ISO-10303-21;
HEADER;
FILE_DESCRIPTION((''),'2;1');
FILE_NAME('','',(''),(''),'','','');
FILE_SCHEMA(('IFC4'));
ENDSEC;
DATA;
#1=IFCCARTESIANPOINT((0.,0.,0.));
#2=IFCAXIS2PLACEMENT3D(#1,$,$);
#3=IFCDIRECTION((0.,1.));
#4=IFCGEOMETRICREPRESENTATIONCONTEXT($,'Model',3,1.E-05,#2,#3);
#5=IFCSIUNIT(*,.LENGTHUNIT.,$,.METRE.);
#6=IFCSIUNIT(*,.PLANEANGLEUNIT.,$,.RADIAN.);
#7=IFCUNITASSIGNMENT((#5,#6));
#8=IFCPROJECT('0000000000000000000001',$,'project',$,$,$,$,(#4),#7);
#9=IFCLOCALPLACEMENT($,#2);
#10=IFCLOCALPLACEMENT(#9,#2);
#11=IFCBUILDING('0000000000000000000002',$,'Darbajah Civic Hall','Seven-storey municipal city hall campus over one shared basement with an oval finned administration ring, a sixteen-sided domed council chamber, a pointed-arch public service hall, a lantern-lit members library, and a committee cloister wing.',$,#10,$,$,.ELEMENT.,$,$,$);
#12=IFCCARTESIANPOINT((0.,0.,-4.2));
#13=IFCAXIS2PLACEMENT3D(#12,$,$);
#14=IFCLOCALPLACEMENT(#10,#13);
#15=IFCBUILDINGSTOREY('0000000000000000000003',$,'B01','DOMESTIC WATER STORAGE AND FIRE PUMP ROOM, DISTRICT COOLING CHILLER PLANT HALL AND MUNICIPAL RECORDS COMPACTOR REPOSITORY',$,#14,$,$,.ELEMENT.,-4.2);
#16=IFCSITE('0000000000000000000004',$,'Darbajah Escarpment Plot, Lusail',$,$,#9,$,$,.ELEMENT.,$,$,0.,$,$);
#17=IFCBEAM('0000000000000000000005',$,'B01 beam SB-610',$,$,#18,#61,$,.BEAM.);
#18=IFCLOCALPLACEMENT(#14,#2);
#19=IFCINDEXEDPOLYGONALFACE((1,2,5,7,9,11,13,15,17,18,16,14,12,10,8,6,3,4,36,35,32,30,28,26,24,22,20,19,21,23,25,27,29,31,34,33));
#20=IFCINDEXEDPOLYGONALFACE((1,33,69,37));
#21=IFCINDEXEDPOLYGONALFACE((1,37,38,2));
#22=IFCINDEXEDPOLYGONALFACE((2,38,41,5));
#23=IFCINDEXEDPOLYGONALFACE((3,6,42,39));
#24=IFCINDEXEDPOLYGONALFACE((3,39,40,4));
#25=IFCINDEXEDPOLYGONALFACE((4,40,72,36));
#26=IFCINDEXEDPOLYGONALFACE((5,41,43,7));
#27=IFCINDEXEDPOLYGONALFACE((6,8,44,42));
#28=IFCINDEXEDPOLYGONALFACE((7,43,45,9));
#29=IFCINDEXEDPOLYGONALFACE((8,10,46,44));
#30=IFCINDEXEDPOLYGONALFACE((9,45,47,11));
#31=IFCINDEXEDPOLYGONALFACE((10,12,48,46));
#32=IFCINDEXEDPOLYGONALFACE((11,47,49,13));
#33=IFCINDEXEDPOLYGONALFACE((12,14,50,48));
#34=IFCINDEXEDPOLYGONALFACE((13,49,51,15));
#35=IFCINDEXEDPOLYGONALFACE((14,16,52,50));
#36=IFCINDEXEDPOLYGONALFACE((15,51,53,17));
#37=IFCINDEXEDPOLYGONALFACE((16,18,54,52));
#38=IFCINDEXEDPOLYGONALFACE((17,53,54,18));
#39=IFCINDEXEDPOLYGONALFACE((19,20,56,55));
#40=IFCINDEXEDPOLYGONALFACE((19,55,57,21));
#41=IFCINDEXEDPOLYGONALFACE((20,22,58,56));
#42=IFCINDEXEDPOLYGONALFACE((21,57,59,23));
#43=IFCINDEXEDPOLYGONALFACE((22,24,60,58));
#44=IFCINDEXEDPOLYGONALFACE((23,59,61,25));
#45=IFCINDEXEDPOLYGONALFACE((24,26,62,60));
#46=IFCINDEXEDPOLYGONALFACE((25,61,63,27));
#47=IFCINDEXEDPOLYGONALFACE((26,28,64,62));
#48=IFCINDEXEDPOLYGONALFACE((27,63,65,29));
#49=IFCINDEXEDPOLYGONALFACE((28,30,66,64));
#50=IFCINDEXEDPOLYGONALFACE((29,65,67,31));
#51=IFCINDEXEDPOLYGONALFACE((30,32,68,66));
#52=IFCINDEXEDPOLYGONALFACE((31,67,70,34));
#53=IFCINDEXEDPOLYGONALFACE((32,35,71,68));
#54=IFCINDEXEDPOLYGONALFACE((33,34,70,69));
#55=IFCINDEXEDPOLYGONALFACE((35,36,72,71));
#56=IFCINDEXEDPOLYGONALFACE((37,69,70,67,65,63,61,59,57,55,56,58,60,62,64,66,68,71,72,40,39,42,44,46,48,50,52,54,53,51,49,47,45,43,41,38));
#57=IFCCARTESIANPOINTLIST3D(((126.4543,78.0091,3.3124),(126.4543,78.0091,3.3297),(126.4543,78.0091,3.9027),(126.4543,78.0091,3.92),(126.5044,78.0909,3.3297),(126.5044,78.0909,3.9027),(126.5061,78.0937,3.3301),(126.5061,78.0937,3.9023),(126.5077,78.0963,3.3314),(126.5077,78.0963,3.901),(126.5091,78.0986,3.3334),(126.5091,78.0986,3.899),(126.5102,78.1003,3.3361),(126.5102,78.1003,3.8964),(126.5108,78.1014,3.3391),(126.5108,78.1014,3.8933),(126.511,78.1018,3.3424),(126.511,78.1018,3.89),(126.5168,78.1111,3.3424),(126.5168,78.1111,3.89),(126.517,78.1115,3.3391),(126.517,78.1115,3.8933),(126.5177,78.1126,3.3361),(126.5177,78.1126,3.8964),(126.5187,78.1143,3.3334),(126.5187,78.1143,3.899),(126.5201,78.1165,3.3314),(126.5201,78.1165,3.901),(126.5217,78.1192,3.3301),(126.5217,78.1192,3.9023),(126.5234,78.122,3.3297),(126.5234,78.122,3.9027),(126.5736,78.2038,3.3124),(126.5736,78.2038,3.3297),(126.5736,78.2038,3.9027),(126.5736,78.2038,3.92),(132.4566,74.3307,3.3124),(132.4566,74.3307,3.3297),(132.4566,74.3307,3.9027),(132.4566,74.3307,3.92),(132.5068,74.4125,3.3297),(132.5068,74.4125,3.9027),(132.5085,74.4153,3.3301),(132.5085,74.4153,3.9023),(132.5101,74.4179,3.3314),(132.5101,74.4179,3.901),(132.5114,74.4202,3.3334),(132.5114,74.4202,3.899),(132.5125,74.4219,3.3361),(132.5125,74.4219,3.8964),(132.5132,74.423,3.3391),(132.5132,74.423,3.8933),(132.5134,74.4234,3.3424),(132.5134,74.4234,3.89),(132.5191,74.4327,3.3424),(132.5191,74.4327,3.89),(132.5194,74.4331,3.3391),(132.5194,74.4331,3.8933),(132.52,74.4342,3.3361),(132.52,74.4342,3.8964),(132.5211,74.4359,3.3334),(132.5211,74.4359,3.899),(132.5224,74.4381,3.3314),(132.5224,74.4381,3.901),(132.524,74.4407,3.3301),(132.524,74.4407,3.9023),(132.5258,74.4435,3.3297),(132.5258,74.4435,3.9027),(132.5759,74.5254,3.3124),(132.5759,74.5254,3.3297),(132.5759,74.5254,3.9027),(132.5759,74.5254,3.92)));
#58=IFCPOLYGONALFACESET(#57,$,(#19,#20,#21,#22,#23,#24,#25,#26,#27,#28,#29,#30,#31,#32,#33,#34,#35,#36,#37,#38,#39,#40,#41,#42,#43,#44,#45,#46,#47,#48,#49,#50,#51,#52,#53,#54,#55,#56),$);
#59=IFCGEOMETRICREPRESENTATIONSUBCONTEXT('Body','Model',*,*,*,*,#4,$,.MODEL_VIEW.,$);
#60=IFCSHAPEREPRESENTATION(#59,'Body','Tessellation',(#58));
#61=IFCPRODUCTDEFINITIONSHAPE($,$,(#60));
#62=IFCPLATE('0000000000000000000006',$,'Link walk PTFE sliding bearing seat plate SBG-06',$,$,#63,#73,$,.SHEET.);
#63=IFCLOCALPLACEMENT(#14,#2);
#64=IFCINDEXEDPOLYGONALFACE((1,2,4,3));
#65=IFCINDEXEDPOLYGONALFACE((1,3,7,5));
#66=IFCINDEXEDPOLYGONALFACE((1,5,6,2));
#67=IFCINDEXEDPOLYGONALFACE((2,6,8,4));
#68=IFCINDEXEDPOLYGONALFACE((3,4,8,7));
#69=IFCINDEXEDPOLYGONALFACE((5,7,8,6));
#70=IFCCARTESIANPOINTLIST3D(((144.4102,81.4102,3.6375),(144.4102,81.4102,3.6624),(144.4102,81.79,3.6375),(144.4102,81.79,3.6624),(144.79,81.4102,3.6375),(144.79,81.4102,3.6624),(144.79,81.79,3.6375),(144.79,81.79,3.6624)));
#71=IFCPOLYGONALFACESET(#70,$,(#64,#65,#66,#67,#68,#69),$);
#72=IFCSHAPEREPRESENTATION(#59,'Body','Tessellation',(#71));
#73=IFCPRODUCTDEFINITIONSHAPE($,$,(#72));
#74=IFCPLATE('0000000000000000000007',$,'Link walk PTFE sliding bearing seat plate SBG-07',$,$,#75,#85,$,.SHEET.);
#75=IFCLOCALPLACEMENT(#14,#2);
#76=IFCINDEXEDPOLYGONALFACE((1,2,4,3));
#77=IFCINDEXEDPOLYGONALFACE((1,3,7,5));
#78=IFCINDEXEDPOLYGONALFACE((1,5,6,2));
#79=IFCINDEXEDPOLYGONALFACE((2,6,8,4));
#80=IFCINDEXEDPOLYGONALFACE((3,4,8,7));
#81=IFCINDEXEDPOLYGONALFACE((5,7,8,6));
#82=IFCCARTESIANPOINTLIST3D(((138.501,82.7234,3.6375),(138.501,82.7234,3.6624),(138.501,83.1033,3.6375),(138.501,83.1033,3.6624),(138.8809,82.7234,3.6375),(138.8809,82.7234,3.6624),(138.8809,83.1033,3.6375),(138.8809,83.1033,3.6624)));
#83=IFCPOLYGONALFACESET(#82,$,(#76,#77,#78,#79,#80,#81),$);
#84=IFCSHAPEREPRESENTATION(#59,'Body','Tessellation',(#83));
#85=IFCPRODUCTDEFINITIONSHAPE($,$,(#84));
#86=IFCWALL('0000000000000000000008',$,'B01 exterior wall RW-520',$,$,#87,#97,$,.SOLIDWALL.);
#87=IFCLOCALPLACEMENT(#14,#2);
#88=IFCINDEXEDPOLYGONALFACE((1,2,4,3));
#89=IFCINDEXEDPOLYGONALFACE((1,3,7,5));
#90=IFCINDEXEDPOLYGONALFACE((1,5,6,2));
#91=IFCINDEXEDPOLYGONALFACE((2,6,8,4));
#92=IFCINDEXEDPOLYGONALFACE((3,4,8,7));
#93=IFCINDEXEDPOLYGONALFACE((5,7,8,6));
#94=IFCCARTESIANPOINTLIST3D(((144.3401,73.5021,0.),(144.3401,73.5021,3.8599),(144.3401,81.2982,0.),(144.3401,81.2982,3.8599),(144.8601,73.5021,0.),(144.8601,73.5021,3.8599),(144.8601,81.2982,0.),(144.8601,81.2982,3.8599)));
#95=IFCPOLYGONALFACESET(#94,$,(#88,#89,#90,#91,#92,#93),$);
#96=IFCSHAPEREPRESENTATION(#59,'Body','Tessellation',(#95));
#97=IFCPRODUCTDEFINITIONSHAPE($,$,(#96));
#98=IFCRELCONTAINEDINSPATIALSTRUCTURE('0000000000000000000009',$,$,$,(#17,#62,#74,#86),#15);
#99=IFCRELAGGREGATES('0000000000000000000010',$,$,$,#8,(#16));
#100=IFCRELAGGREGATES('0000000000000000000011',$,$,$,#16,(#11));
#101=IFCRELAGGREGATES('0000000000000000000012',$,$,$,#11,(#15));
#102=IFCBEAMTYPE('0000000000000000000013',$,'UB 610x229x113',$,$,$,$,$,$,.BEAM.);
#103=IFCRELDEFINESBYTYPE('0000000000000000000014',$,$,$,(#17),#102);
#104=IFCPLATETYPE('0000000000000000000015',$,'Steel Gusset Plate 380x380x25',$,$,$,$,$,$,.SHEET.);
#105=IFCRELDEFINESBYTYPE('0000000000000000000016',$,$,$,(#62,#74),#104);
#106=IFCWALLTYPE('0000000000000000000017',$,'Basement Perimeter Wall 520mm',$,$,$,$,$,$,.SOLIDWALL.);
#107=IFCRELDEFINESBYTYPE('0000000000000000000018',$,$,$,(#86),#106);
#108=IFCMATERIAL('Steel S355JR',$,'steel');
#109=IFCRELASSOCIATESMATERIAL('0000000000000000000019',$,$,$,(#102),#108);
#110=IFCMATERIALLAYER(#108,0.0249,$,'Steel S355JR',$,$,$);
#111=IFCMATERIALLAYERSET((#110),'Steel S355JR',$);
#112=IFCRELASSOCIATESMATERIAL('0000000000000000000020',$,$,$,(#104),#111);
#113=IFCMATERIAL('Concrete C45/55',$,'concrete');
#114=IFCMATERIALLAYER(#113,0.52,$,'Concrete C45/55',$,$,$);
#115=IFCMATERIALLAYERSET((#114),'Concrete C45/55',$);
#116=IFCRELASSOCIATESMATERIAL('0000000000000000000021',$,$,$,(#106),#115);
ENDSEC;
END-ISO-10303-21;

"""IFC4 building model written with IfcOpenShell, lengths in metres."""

from ifc_helpers import new_model, si_unit, direction, frame, frame_2d, origin, origin_2d, place, context, subcontext, project, spatial, rectangle, i_section, extrude, material, layer, layer_set, material_profile, profile_set, type_object, element, save


model = new_model("IFC4")

# Units and contexts
model_context = context("Model", 3, precision=1e-05, world=origin(), true_north=direction((0.0, 1.0)))
body_context = subcontext(model_context, "Body", "Model", "MODEL_VIEW")
ifc_project = project(units=[si_unit("LENGTHUNIT", "METRE"), si_unit("PLANEANGLEUNIT", "RADIAN")], contexts=[model_context])

# Site, building, storey
site_placement = place(None, origin())
site = spatial("IfcSite", under=ifc_project, at=site_placement, Name="Darbajah Escarpment Plot, Lusail", CompositionType="ELEMENT", RefElevation=0.0)
building_placement = place(site_placement, origin())
building = spatial("IfcBuilding", under=site, at=building_placement, Name="Darbajah Civic Hall", Description="Seven-storey municipal city hall campus over one shared basement with an oval finned administration ring, a sixteen-sided domed council chamber, a pointed-arch public service hall, a lantern-lit members library, and a committee cloister wing.", CompositionType="ELEMENT")
storey_placement = place(building_placement, frame((0.0, 0.0, -4.2)))
storey = spatial("IfcBuildingStorey", under=building, at=storey_placement, Name="B01", Description="DOMESTIC WATER STORAGE AND FIRE PUMP ROOM, DISTRICT COOLING CHILLER PLANT HALL AND MUNICIPAL RECORDS COMPACTOR REPOSITORY", CompositionType="ELEMENT", Elevation=-4.2)

# Shared definitions
ifc_material_1 = material(Name="Concrete C45/55", Category="concrete")

# Beam
ifc_material_2 = material(Name="Steel S355JR", Category="steel")
ifc_material_profile_1 = material_profile(ifc_material_2, i_section(OverallWidth=0.2283, OverallDepth=0.6077, WebThickness=0.011, FlangeThickness=0.0173, FilletRadius=0.0127, at=origin_2d()), Name="UB 610x229x113")
ifc_profile_set_1 = profile_set([ifc_material_profile_1], Name="Steel S355JR")
beam_type_1 = type_object("IfcBeamType", Name="UB 610x229x113", PredefinedType="BEAM", material=ifc_profile_set_1)
beam_1_placement = place(storey_placement, frame((126.5139, 78.1064, 3.6162), z_axis=(0.85263, -0.522516, 0.0), x_axis=(0.522516, 0.85263, 0.0)))
element("IfcBeam", 1, at=beam_1_placement, inside=storey, type_object=beam_type_1, Name="B01 beam SB-610", PredefinedType="BEAM", context=body_context, shape_type="SweptSolid", body=[
    extrude(i_section(OverallWidth=0.2283, OverallDepth=0.6077, WebThickness=0.011, FlangeThickness=0.0173, FilletRadius=0.0127, at=origin_2d()), origin(), (0.0, 0.0, 1.0), 7.0398),
])

# Plates
ifc_layer_1 = layer(ifc_material_2, 0.0249, Name="Steel S355JR")
ifc_layer_set_1 = layer_set([ifc_layer_1], Name="Steel S355JR")
plate_type = type_object("IfcPlateType", Name="Steel Gusset Plate 380x380x25", PredefinedType="SHEET", material=ifc_layer_set_1)
for number, where, z_axis, x_axis, name in (
    (2, (144.6001, 81.6001, 3.6375), (0.0, 0.0, 1.0), (1.0, 0.0, 0.0), "Link walk PTFE sliding bearing seat plate SBG-06"),
    (3, (138.6909, 82.9133, 3.6375), (0.0, 0.0, 1.0), (1.0, 0.0, 0.0), "Link walk PTFE sliding bearing seat plate SBG-07"),
):
    element("IfcPlate", number, at=place(storey_placement, frame(where, z_axis=z_axis, x_axis=x_axis)), inside=storey, type_object=plate_type, Name=name, PredefinedType="SHEET", context=body_context, shape_type="SweptSolid", body=[
        extrude(rectangle(XDim=0.3799, YDim=0.3799, at=origin_2d()), origin(), (0.0, 0.0, 1.0), 0.0249),
    ])

# Wall
ifc_layer_2 = layer(ifc_material_1, 0.52, Name="Concrete C45/55")
ifc_layer_set_2 = layer_set([ifc_layer_2], Name="Concrete C45/55")
wall_type = type_object("IfcWallType", Name="Basement Perimeter Wall 520mm", PredefinedType="SOLIDWALL", material=ifc_layer_set_2)
wall_placement = place(storey_placement, frame((144.6001, 81.2981, 0.0), z_axis=(0.0, 0.0, 1.0), x_axis=(0.0, -1.0, 0.0)))
element("IfcWall", 4, at=wall_placement, inside=storey, type_object=wall_type, Name="B01 exterior wall RW-520", PredefinedType="SOLIDWALL", context=body_context, shape_type="SweptSolid", body=[
    extrude(rectangle(XDim=7.7961, YDim=0.52, at=frame_2d((3.8979, 0.0))), origin(), (0.0, 0.0, 1.0), 3.8599),
])

save(model, "model.ifc")
